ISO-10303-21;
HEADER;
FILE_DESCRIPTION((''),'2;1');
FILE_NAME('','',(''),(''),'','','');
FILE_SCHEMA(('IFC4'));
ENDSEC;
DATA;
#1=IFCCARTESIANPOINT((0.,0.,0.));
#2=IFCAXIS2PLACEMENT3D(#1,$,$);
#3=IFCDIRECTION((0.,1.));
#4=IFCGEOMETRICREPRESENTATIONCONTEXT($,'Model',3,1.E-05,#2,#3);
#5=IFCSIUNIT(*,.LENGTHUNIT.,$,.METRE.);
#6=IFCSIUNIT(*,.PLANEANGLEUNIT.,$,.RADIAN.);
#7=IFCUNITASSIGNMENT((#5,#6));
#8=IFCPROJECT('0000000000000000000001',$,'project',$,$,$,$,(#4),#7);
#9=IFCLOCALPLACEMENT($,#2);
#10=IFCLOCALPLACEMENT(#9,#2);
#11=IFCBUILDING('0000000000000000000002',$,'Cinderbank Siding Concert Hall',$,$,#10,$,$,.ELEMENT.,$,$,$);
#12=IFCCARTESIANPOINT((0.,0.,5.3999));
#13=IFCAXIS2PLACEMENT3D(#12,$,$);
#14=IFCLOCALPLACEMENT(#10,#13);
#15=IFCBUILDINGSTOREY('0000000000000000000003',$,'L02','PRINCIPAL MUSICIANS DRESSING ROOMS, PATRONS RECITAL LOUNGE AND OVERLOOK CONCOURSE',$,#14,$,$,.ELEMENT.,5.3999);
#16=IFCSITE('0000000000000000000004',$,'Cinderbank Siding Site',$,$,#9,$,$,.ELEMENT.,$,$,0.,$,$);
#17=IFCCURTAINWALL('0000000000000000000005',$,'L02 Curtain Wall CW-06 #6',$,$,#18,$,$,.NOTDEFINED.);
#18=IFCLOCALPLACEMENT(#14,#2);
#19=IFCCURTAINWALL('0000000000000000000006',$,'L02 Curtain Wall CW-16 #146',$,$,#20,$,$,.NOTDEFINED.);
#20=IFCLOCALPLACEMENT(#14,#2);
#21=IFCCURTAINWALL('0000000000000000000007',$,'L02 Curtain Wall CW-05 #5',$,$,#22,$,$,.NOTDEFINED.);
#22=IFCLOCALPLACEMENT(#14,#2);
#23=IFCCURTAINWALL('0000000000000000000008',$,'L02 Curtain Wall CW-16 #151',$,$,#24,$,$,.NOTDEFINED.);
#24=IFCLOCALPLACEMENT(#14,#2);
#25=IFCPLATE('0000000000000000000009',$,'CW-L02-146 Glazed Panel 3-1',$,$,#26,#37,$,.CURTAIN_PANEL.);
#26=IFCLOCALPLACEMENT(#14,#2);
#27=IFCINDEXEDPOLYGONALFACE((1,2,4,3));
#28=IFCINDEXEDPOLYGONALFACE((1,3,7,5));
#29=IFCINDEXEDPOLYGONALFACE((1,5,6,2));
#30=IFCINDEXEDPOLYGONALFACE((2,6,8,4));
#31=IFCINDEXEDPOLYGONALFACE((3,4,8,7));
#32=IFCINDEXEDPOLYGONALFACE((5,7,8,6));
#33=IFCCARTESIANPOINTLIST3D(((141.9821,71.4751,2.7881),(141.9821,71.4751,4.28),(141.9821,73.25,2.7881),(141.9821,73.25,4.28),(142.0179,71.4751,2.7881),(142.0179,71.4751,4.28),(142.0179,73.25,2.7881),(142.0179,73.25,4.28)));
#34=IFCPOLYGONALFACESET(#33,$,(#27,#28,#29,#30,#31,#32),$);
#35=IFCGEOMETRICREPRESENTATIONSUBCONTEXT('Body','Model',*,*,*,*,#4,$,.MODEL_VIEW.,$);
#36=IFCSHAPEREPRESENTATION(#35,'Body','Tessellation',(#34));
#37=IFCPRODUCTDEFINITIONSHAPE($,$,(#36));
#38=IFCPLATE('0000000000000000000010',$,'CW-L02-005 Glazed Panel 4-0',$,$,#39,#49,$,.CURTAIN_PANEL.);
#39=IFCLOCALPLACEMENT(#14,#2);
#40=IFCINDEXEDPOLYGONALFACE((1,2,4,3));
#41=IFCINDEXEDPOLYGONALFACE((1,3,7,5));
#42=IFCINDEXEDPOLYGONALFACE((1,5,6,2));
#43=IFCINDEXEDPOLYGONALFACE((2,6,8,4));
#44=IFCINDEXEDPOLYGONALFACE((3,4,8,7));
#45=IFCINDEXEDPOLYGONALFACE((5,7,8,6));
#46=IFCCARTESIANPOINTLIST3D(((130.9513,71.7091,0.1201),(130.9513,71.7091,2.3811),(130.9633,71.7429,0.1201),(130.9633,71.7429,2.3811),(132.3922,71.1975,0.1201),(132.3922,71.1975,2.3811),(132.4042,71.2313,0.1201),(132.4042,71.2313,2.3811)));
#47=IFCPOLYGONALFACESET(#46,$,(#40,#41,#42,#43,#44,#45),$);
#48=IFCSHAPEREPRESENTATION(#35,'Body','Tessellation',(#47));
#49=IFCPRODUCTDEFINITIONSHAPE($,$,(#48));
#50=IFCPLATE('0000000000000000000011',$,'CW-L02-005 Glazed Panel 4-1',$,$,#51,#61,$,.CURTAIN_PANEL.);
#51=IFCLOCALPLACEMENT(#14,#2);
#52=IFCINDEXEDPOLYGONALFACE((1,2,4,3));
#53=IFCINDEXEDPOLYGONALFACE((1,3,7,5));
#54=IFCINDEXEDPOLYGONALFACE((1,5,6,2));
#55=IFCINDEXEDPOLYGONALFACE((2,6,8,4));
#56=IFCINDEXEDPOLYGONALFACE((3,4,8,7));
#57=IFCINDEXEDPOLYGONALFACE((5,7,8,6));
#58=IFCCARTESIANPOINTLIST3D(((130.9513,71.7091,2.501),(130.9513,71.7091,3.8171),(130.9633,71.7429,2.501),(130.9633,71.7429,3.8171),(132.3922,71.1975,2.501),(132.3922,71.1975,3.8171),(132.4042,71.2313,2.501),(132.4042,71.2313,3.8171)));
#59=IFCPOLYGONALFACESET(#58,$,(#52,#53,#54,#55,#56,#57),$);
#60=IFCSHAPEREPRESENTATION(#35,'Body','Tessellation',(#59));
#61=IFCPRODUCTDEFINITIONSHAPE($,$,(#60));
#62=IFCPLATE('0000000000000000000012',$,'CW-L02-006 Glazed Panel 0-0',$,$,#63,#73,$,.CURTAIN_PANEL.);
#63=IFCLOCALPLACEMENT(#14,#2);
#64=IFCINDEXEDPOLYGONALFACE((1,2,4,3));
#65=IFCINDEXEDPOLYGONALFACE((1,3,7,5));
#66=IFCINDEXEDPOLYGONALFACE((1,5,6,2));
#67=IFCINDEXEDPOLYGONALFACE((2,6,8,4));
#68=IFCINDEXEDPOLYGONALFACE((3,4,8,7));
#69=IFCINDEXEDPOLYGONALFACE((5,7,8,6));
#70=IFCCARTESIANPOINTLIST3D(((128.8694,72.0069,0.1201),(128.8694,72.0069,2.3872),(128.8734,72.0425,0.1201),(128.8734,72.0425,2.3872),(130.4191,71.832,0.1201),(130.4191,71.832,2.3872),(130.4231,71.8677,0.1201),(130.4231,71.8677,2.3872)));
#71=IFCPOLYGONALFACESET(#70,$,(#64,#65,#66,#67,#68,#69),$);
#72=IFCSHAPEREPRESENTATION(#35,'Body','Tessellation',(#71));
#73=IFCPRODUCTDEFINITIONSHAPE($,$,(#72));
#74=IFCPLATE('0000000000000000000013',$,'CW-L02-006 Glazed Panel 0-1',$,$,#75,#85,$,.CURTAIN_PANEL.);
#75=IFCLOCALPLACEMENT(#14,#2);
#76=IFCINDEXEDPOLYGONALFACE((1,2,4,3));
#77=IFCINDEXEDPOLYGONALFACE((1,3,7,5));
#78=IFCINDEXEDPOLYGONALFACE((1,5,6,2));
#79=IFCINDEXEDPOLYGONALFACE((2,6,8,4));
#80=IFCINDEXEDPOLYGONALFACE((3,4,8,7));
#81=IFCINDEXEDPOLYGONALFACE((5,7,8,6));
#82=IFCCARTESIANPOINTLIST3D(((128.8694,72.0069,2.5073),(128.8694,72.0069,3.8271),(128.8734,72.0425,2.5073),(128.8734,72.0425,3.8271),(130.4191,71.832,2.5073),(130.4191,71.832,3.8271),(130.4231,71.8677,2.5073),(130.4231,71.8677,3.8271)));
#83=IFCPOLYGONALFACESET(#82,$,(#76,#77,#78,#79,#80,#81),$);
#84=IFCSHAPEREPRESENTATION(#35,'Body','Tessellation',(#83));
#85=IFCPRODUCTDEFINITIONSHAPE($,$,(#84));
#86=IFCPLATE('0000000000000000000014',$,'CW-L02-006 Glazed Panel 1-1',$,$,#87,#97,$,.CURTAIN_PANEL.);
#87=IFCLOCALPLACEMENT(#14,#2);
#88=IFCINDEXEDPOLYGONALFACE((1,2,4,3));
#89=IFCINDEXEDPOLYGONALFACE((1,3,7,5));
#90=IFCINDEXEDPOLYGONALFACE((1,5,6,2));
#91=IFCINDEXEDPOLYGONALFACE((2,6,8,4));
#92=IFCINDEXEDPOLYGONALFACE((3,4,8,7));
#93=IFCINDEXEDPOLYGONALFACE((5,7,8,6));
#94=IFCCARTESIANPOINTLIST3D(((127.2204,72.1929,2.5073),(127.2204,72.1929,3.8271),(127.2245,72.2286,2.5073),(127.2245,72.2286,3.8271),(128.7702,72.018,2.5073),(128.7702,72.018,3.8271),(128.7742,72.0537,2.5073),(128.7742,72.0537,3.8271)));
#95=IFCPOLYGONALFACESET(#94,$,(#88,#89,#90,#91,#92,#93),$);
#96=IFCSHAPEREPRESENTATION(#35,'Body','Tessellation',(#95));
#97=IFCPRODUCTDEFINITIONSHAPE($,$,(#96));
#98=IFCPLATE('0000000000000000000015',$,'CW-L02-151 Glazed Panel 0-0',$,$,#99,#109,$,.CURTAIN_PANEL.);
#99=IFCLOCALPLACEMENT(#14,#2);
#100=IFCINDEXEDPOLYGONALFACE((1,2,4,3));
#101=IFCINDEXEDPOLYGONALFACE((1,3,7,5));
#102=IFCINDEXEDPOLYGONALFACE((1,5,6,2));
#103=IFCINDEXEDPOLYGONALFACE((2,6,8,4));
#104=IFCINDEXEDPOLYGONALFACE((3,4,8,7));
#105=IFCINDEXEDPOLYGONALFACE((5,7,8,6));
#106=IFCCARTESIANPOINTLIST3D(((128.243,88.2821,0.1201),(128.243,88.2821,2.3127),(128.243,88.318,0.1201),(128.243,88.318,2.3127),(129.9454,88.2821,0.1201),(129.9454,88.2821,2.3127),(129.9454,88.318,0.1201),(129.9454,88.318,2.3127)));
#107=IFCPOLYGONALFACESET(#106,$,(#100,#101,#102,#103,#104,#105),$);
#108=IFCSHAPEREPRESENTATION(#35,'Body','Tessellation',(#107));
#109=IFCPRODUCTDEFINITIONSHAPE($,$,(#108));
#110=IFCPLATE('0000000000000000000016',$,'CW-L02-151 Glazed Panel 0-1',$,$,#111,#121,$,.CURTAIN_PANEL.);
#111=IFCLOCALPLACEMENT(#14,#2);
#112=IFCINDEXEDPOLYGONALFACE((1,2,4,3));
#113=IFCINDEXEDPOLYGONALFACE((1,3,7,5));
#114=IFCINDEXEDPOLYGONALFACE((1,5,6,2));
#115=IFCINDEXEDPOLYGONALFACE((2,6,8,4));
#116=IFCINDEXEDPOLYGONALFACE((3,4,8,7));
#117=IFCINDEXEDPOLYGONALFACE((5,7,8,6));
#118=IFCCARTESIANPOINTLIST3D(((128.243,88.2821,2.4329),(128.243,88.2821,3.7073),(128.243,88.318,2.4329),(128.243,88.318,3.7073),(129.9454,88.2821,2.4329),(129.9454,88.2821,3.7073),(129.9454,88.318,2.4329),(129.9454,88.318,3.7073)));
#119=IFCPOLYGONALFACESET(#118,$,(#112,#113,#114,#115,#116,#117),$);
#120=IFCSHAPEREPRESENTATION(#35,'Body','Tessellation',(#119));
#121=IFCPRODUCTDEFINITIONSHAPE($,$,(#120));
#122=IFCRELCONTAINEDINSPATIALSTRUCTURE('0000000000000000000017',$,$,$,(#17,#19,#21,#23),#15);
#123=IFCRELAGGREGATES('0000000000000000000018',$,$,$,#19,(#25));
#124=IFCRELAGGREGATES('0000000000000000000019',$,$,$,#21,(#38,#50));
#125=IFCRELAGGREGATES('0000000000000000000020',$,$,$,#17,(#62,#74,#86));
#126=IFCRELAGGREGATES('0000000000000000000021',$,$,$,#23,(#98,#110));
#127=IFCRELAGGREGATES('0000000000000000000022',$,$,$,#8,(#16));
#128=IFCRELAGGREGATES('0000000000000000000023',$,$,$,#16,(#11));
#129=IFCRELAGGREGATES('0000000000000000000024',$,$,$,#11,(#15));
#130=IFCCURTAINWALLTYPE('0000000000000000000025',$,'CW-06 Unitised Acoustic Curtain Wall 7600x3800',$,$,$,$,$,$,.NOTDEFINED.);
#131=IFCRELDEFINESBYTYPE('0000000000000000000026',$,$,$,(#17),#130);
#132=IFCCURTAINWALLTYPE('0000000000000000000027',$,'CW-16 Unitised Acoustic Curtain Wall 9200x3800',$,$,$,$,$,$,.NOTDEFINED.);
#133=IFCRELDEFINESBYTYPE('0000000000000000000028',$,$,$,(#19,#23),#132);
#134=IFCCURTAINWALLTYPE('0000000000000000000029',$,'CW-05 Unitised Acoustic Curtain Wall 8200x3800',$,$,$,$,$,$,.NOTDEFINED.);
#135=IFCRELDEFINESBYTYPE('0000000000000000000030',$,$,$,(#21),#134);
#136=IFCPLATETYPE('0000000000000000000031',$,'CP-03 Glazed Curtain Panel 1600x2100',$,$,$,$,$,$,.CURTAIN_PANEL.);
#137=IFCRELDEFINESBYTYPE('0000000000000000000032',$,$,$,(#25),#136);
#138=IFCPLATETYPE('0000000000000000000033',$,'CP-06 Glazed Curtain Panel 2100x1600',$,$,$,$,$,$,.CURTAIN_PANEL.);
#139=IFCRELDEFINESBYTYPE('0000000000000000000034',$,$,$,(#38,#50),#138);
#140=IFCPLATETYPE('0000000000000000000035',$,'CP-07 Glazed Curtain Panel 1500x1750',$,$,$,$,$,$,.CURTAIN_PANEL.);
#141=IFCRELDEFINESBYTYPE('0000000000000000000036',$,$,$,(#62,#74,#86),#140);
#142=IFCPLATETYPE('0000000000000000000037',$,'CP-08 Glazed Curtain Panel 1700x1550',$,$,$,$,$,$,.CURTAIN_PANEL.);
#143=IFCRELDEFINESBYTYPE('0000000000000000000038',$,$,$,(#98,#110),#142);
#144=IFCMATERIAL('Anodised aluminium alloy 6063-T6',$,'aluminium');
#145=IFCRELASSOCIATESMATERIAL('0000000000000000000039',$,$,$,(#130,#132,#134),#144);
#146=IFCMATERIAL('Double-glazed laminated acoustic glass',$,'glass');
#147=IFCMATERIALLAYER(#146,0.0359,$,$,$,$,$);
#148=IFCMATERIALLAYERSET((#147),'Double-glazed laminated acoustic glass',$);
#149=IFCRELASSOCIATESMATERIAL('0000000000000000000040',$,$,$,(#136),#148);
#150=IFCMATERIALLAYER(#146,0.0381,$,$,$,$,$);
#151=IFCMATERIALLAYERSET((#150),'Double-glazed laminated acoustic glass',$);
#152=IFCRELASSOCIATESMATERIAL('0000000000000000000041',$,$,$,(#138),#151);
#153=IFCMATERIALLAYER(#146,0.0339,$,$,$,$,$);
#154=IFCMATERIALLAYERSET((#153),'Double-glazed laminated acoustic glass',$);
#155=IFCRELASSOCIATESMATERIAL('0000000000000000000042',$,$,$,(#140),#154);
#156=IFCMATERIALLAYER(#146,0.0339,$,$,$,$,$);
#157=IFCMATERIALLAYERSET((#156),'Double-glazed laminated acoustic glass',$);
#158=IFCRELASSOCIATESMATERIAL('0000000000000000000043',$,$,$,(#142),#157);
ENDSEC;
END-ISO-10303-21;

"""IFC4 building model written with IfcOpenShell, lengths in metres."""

from ifc_helpers import new_model, si_unit, direction, frame, origin, origin_2d, place, context, subcontext, project, spatial, rectangle, extrude, material, layer, layer_set, type_object, element, aggregate, save


model = new_model("IFC4")

# Units and contexts
model_context = context("Model", 3, precision=1e-05, world=origin(), true_north=direction((0.0, 1.0)))
body_context = subcontext(model_context, "Body", "Model", "MODEL_VIEW")
ifc_project = project(units=[si_unit("LENGTHUNIT", "METRE"), si_unit("PLANEANGLEUNIT", "RADIAN")], contexts=[model_context])

# Site, building, storey
site_placement = place(None, origin())
site = spatial("IfcSite", under=ifc_project, at=site_placement, Name="Cinderbank Siding Site", CompositionType="ELEMENT", RefElevation=0.0)
building_placement = place(site_placement, origin())
building = spatial("IfcBuilding", under=site, at=building_placement, Name="Cinderbank Siding Concert Hall", CompositionType="ELEMENT")
storey_placement = place(building_placement, frame((0.0, 0.0, 5.3999)))
storey = spatial("IfcBuildingStorey", under=building, at=storey_placement, Name="L02", Description="PRINCIPAL MUSICIANS DRESSING ROOMS, PATRONS RECITAL LOUNGE AND OVERLOOK CONCOURSE", CompositionType="ELEMENT", Elevation=5.3999)

# Curtain walls
ifc_material_1 = material(Name="Anodised aluminium alloy 6063-T6", Category="aluminium")
curtain_wall_type_1 = type_object("IfcCurtainWallType", Name="CW-06 Unitised Acoustic Curtain Wall 7600x3800", PredefinedType="NOTDEFINED", material=ifc_material_1)
curtain_wall_1_placement = place(storey_placement, origin())
curtain_wall_1 = element("IfcCurtainWall", 1, at=curtain_wall_1_placement, inside=storey, type_object=curtain_wall_type_1, Name="L02 Curtain Wall CW-06 #6", PredefinedType="NOTDEFINED")
curtain_wall_type_2 = type_object("IfcCurtainWallType", Name="CW-16 Unitised Acoustic Curtain Wall 9200x3800", PredefinedType="NOTDEFINED", material=ifc_material_1)
curtain_wall_2_placement = place(storey_placement, origin())
curtain_wall_2 = element("IfcCurtainWall", 2, at=curtain_wall_2_placement, inside=storey, type_object=curtain_wall_type_2, Name="L02 Curtain Wall CW-16 #146", PredefinedType="NOTDEFINED")

# Curtain wall
curtain_wall_type_3 = type_object("IfcCurtainWallType", Name="CW-05 Unitised Acoustic Curtain Wall 8200x3800", PredefinedType="NOTDEFINED", material=ifc_material_1)
curtain_wall_3_placement = place(storey_placement, origin())
curtain_wall_3 = element("IfcCurtainWall", 3, at=curtain_wall_3_placement, inside=storey, type_object=curtain_wall_type_3, Name="L02 Curtain Wall CW-05 #5", PredefinedType="NOTDEFINED")

# Curtain wall
curtain_wall_4_placement = place(storey_placement, origin())
curtain_wall_4 = element("IfcCurtainWall", 4, at=curtain_wall_4_placement, inside=storey, type_object=curtain_wall_type_2, Name="L02 Curtain Wall CW-16 #151", PredefinedType="NOTDEFINED")

# Plates
ifc_material_2 = material(Name="Double-glazed laminated acoustic glass", Category="glass")
ifc_layer_1 = layer(ifc_material_2, 0.0359)
ifc_layer_set_1 = layer_set([ifc_layer_1], Name="Double-glazed laminated acoustic glass")
plate_type_1 = type_object("IfcPlateType", Name="CP-03 Glazed Curtain Panel 1600x2100", PredefinedType="CURTAIN_PANEL", material=ifc_layer_set_1)
plate_1_placement = place(storey_placement, frame((142.0, 72.3625, 2.7881), z_axis=(0.0, 0.0, 1.0), x_axis=(0.0, 1.0, 0.0)))
plate_1 = element("IfcPlate", 5, at=plate_1_placement, type_object=plate_type_1, Name="CW-L02-146 Glazed Panel 3-1", PredefinedType="CURTAIN_PANEL", context=body_context, shape_type="SweptSolid", body=[
    extrude(rectangle(XDim=1.7749, YDim=0.0359, at=origin_2d()), origin(), (0.0, 0.0, 1.0), 1.4919),
])
aggregate(curtain_wall_2, [plate_1])
ifc_layer_2 = layer(ifc_material_2, 0.0381)
ifc_layer_set_2 = layer_set([ifc_layer_2], Name="Double-glazed laminated acoustic glass")
plate_type_2 = type_object("IfcPlateType", Name="CP-06 Glazed Curtain Panel 2100x1600", PredefinedType="CURTAIN_PANEL", material=ifc_layer_set_2)
plate_2_placement = place(storey_placement, frame((131.6777, 71.4702, 0.1201), z_axis=(0.0, 0.0, 1.0), x_axis=(-0.942366, 0.334585, 0.0)))
plate_2 = element("IfcPlate", 6, at=plate_2_placement, type_object=plate_type_2, Name="CW-L02-005 Glazed Panel 4-0", PredefinedType="CURTAIN_PANEL", context=body_context, shape_type="SweptSolid", body=[
    extrude(rectangle(XDim=1.5291, YDim=0.0359, at=origin_2d()), origin(), (0.0, 0.0, 1.0), 2.261),
])
plate_3_placement = place(storey_placement, frame((131.6777, 71.4702, 2.501), z_axis=(0.0, 0.0, 1.0), x_axis=(-0.942366, 0.334585, 0.0)))
plate_3 = element("IfcPlate", 7, at=plate_3_placement, type_object=plate_type_2, Name="CW-L02-005 Glazed Panel 4-1", PredefinedType="CURTAIN_PANEL", context=body_context, shape_type="SweptSolid", body=[
    extrude(rectangle(XDim=1.5291, YDim=0.0359, at=origin_2d()), origin(), (0.0, 0.0, 1.0), 1.3162),
])
aggregate(curtain_wall_3, [plate_2, plate_3])
ifc_layer_3 = layer(ifc_material_2, 0.0339)
ifc_layer_set_3 = layer_set([ifc_layer_3], Name="Double-glazed laminated acoustic glass")
plate_type_3 = type_object("IfcPlateType", Name="CP-07 Glazed Curtain Panel 1500x1750", PredefinedType="CURTAIN_PANEL", material=ifc_layer_set_3)
plate_4_placement = place(storey_placement, frame((129.6462, 71.9373, 0.1201), z_axis=(0.0, 0.0, 1.0), x_axis=(-0.993694, 0.112129, 0.0)))
plate_4 = element("IfcPlate", 8, at=plate_4_placement, type_object=plate_type_3, Name="CW-L02-006 Glazed Panel 0-0", PredefinedType="CURTAIN_PANEL", context=body_context, shape_type="SweptSolid", body=[
    extrude(rectangle(XDim=1.5596, YDim=0.0359, at=origin_2d()), origin(), (0.0, 0.0, 1.0), 2.2671),
])
plate_5_placement = place(storey_placement, frame((129.6462, 71.9373, 2.5073), z_axis=(0.0, 0.0, 1.0), x_axis=(-0.993694, 0.112129, 0.0)))
plate_5 = element("IfcPlate", 9, at=plate_5_placement, type_object=plate_type_3, Name="CW-L02-006 Glazed Panel 0-1", PredefinedType="CURTAIN_PANEL", context=body_context, shape_type="SweptSolid", body=[
    extrude(rectangle(XDim=1.5596, YDim=0.0359, at=origin_2d()), origin(), (0.0, 0.0, 1.0), 1.3198),
])
plate_6_placement = place(storey_placement, frame((127.9973, 72.1233, 2.5073), z_axis=(0.0, 0.0, 1.0), x_axis=(-0.993694, 0.112129, 0.0)))
plate_6 = element("IfcPlate", 10, at=plate_6_placement, type_object=plate_type_3, Name="CW-L02-006 Glazed Panel 1-1", PredefinedType="CURTAIN_PANEL", context=body_context, shape_type="SweptSolid", body=[
    extrude(rectangle(XDim=1.5596, YDim=0.0359, at=origin_2d()), origin(), (0.0, 0.0, 1.0), 1.3198),
])
aggregate(curtain_wall_1, [plate_4, plate_5, plate_6])
ifc_layer_4 = layer(ifc_material_2, 0.0339)
ifc_layer_set_4 = layer_set([ifc_layer_4], Name="Double-glazed laminated acoustic glass")
plate_type_4 = type_object("IfcPlateType", Name="CP-08 Glazed Curtain Panel 1700x1550", PredefinedType="CURTAIN_PANEL", material=ifc_layer_set_4)
plate_7_placement = place(storey_placement, frame((129.0942, 88.3, 0.1201), z_axis=(0.0, 0.0, 1.0), x_axis=(1.0, 0.0, 0.0)))
plate_7 = element("IfcPlate", 11, at=plate_7_placement, type_object=plate_type_4, Name="CW-L02-151 Glazed Panel 0-0", PredefinedType="CURTAIN_PANEL", context=body_context, shape_type="SweptSolid", body=[
    extrude(rectangle(XDim=1.7024, YDim=0.0359, at=origin_2d()), origin(), (0.0, 0.0, 1.0), 2.1926),
])
plate_8_placement = place(storey_placement, frame((129.0942, 88.3, 2.4329), z_axis=(0.0, 0.0, 1.0), x_axis=(1.0, 0.0, 0.0)))
plate_8 = element("IfcPlate", 12, at=plate_8_placement, type_object=plate_type_4, Name="CW-L02-151 Glazed Panel 0-1", PredefinedType="CURTAIN_PANEL", context=body_context, shape_type="SweptSolid", body=[
    extrude(rectangle(XDim=1.7024, YDim=0.0359, at=origin_2d()), origin(), (0.0, 0.0, 1.0), 1.2744),
])
aggregate(curtain_wall_4, [plate_7, plate_8])

save(model, "model.ifc")
